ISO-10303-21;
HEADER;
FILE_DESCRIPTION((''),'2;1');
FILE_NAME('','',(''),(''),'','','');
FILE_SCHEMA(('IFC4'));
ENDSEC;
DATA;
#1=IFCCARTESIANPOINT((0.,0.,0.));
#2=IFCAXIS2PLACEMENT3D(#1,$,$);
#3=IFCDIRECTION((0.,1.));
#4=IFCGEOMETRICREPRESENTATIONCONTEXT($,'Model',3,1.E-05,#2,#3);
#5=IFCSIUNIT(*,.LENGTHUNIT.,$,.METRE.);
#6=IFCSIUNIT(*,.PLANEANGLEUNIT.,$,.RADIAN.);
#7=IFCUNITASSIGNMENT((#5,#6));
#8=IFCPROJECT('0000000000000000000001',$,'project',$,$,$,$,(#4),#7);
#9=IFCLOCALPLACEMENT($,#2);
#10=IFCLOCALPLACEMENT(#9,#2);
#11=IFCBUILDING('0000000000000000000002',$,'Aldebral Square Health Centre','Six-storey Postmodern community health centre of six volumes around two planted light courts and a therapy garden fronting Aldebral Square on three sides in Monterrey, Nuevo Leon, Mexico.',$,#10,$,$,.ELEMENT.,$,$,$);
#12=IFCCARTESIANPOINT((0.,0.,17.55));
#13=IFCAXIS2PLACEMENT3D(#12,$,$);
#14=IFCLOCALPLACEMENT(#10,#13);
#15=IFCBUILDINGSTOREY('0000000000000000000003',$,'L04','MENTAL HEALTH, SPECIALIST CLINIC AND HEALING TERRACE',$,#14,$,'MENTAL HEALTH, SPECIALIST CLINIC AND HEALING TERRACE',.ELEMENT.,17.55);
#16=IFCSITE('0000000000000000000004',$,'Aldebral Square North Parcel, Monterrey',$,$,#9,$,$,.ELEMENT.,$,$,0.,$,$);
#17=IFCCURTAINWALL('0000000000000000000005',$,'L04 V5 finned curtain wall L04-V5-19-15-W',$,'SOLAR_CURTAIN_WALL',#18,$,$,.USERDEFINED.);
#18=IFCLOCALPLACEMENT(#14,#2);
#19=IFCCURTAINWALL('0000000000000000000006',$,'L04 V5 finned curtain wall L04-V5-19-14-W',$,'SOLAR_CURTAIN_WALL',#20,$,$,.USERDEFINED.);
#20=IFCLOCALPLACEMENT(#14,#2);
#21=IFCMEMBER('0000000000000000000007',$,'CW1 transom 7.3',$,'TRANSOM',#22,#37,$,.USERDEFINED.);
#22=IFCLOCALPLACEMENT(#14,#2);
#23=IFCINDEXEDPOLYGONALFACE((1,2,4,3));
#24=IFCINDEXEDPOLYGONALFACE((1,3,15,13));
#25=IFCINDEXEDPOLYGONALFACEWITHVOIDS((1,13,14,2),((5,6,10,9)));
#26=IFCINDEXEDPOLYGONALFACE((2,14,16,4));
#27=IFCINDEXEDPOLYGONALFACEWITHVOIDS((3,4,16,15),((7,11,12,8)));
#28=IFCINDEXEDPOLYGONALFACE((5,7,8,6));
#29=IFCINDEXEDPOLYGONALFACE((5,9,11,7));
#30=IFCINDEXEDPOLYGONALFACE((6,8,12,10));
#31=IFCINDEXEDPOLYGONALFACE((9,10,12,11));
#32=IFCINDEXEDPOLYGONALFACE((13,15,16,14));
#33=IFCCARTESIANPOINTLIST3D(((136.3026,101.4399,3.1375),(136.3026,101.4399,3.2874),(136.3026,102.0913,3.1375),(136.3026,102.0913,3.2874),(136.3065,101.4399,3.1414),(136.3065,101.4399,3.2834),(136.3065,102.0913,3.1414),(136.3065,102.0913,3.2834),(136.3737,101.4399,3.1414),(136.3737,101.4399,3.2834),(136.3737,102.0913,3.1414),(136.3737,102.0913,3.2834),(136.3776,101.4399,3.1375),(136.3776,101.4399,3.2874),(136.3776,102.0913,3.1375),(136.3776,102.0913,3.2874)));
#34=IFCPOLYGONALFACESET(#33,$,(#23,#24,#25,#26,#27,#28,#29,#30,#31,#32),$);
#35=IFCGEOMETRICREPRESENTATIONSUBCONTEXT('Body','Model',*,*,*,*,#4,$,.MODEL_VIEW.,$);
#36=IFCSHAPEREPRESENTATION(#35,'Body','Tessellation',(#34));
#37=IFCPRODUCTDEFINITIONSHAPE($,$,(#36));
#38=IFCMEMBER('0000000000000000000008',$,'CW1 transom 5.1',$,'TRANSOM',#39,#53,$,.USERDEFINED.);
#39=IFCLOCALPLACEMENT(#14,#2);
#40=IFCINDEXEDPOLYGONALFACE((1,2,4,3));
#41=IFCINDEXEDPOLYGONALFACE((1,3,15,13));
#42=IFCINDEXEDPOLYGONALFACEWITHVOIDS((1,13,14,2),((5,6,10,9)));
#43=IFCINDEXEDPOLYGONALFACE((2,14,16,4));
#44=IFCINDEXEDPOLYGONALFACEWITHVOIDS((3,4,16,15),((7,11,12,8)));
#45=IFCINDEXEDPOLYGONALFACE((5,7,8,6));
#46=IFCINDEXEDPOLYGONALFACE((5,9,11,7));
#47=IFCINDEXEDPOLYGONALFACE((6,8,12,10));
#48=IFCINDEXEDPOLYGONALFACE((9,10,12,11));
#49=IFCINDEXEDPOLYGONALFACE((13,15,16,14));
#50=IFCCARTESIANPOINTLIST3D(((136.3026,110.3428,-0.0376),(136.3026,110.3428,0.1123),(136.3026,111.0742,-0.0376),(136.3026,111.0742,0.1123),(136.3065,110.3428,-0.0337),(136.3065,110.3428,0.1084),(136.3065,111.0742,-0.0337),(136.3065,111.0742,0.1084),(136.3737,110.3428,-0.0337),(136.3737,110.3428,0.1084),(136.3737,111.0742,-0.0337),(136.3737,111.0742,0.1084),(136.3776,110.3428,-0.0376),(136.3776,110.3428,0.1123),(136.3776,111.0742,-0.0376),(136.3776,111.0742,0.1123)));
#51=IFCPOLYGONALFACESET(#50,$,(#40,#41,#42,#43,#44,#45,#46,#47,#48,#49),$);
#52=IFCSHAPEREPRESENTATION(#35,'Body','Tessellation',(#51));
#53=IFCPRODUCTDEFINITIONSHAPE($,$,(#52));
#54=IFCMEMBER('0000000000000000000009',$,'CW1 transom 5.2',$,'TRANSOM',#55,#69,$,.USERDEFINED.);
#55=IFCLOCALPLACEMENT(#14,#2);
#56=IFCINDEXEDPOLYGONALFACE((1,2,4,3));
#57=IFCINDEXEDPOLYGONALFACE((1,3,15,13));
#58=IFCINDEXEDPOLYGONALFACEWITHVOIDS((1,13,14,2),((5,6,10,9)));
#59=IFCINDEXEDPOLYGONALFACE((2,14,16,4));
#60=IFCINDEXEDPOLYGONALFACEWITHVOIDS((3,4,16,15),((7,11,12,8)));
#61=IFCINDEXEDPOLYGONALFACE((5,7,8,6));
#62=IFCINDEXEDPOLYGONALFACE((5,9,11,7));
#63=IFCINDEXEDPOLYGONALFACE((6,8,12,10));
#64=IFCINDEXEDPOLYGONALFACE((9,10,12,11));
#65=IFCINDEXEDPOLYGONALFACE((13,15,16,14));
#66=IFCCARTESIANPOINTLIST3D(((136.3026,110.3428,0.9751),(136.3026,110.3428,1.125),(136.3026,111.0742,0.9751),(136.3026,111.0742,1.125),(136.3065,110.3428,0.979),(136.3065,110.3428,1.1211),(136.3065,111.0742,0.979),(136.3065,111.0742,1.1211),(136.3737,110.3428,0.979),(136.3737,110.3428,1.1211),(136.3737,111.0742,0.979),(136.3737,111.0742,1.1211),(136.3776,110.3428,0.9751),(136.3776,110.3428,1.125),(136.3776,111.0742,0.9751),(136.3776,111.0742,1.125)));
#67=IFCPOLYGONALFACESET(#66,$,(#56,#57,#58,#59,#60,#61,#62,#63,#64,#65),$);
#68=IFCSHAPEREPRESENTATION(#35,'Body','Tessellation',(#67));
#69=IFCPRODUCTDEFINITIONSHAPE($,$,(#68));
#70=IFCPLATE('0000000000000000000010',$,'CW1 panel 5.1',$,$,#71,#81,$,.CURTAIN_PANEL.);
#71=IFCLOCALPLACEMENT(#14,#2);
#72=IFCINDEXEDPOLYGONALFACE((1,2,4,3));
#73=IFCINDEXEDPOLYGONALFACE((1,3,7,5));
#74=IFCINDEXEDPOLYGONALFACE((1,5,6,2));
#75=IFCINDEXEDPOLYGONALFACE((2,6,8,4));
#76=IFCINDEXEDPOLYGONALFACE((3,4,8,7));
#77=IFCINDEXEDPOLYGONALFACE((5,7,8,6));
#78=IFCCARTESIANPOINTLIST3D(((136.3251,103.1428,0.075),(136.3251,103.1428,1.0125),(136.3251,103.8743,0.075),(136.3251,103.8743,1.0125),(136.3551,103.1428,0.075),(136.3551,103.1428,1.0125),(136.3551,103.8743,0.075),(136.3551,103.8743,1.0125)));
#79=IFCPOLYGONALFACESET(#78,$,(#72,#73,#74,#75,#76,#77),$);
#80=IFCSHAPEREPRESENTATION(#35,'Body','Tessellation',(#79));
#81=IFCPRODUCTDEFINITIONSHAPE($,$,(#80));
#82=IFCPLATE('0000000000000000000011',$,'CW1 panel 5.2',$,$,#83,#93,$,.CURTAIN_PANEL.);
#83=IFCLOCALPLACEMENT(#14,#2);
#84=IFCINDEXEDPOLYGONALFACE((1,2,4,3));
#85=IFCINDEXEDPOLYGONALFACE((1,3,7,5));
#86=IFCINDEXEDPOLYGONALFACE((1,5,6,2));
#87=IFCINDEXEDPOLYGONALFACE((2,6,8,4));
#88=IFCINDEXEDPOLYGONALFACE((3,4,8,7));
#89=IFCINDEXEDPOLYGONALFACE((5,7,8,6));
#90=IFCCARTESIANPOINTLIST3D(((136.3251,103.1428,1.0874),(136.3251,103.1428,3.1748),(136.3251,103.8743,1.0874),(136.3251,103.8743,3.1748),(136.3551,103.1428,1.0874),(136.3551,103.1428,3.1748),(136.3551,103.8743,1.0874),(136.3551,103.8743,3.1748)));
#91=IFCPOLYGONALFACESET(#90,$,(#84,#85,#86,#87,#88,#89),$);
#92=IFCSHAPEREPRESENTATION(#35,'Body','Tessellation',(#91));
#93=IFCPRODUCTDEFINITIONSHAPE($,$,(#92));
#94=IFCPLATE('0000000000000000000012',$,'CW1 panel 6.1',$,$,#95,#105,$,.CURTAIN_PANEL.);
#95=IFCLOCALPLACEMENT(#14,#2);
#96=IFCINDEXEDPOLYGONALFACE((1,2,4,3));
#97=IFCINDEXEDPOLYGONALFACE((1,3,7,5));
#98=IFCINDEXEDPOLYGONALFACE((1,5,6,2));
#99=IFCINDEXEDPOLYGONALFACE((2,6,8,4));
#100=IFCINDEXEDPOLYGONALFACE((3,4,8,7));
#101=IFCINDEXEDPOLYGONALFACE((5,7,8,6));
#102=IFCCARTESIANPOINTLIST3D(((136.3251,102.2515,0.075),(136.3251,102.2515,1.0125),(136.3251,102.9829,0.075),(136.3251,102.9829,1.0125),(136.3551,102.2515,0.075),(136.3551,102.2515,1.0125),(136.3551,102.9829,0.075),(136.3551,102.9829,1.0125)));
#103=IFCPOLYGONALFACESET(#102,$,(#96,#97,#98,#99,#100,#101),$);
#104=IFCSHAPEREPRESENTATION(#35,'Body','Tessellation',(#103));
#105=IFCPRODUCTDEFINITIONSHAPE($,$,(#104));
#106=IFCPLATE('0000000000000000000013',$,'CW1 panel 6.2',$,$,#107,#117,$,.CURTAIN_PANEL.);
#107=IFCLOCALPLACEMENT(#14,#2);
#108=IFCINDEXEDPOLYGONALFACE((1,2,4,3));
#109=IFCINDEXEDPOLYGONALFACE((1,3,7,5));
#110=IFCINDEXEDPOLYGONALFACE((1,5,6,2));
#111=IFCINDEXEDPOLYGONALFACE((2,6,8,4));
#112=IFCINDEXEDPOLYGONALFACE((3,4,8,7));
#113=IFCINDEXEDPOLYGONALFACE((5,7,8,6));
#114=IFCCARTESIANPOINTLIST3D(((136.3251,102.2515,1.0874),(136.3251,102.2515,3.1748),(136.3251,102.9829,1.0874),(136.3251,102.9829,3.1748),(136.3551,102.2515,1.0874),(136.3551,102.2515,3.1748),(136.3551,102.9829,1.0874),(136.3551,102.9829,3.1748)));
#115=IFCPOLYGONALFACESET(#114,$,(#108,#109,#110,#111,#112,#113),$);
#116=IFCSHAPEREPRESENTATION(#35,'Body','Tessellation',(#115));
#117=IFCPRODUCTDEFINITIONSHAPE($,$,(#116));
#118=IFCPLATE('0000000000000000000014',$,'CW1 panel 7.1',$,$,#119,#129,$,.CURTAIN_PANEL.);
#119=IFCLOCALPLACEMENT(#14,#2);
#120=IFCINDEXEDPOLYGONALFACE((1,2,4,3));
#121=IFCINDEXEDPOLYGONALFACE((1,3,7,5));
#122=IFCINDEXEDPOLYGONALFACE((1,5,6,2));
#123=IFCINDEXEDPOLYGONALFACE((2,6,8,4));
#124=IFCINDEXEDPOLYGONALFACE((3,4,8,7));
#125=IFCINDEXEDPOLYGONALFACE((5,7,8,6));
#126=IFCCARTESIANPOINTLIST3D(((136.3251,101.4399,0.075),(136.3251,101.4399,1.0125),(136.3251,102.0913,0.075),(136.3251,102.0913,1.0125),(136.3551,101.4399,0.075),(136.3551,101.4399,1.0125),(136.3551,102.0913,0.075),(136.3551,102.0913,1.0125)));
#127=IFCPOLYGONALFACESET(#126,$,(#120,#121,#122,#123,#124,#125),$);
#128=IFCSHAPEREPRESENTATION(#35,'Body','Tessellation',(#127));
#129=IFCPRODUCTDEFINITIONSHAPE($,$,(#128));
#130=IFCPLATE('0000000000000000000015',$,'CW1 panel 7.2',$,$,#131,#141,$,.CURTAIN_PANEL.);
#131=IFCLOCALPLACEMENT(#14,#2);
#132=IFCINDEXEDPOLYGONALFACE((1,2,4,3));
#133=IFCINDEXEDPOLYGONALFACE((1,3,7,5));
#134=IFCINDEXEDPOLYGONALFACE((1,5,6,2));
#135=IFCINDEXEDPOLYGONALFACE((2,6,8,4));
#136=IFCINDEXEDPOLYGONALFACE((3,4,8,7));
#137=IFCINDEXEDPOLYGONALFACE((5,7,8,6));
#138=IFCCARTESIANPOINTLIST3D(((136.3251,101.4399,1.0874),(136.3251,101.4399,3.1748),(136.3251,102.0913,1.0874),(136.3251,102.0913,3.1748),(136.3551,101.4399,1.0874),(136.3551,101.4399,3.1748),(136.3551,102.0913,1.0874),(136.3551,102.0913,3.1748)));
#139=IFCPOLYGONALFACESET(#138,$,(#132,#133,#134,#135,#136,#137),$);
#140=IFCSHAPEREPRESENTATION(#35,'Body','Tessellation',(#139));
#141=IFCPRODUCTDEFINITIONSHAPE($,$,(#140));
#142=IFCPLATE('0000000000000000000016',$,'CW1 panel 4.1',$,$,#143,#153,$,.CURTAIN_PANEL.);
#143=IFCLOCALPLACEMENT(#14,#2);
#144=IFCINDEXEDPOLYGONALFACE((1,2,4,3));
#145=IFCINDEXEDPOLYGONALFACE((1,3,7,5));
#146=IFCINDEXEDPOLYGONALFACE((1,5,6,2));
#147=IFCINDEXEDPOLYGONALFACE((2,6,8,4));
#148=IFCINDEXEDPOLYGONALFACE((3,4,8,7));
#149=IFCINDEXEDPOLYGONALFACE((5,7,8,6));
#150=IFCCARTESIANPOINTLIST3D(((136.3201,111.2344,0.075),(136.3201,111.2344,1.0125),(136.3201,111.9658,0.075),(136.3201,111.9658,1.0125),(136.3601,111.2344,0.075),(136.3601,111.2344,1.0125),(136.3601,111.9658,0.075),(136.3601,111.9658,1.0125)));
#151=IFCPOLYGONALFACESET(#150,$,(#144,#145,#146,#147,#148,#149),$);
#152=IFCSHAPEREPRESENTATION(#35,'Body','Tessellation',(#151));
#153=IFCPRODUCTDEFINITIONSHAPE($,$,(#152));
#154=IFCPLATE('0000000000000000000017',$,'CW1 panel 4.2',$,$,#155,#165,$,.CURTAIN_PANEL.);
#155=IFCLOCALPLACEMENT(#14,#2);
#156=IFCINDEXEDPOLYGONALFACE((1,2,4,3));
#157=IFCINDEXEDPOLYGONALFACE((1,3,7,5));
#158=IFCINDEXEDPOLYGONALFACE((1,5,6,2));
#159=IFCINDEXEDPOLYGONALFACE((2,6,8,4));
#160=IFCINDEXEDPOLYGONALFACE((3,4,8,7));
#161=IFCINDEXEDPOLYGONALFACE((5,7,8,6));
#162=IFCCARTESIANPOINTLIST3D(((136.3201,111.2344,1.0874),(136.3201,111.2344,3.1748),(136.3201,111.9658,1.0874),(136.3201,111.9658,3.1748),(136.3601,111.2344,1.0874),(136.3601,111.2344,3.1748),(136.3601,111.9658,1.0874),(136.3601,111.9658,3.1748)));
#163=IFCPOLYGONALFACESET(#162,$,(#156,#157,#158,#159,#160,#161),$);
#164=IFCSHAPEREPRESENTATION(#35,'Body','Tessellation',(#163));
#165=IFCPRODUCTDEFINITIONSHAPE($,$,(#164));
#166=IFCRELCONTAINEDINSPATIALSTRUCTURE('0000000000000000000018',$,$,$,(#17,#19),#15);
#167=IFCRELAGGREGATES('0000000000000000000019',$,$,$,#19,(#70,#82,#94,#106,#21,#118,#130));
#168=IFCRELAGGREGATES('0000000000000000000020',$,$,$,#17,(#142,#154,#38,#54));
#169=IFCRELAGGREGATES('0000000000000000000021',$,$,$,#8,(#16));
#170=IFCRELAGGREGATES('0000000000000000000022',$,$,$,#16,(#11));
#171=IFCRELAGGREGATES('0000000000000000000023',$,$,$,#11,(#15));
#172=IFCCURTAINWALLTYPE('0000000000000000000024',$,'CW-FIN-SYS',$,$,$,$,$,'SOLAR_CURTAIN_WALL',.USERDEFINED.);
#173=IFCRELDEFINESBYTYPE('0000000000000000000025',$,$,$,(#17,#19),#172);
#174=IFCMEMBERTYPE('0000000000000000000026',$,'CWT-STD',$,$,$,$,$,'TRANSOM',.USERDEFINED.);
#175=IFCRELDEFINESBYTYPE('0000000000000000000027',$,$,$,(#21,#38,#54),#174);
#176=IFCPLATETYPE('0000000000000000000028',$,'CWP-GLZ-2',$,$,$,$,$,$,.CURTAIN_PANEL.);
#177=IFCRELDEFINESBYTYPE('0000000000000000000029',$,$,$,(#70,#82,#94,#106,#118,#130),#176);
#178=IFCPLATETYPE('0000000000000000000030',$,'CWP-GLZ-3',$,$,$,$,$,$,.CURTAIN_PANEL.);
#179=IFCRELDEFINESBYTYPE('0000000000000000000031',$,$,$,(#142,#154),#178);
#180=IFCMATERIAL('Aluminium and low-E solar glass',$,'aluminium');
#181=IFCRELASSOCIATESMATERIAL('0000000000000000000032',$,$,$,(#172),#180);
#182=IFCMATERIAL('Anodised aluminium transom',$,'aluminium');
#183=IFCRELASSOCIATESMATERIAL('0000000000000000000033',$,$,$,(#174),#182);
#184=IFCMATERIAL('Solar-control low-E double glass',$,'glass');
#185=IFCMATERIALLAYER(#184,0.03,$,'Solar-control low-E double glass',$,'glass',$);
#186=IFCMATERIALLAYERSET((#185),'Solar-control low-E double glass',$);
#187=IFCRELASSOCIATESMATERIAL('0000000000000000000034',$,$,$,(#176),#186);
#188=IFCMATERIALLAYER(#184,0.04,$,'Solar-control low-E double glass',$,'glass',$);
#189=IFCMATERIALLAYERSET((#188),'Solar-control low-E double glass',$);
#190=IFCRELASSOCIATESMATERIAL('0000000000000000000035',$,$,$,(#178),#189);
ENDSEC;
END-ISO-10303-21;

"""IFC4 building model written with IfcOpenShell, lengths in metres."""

from ifc_helpers import new_model, si_unit, direction, frame, origin, origin_2d, place, context, subcontext, project, spatial, rectangle, hollow_rectangle, extrude, material, layer, layer_set, material_profile, profile_set, type_object, element, aggregate, save


model = new_model("IFC4")

# Units and contexts
model_context = context("Model", 3, precision=1e-05, world=origin(), true_north=direction((0.0, 1.0)))
body_context = subcontext(model_context, "Body", "Model", "MODEL_VIEW")
ifc_project = project(units=[si_unit("LENGTHUNIT", "METRE"), si_unit("PLANEANGLEUNIT", "RADIAN")], contexts=[model_context])

# Site, building, storey
site_placement = place(None, origin())
site = spatial("IfcSite", under=ifc_project, at=site_placement, Name="Aldebral Square North Parcel, Monterrey", CompositionType="ELEMENT", RefElevation=0.0)
building_placement = place(site_placement, origin())
building = spatial("IfcBuilding", under=site, at=building_placement, Name="Aldebral Square Health Centre", Description="Six-storey Postmodern community health centre of six volumes around two planted light courts and a therapy garden fronting Aldebral Square on three sides in Monterrey, Nuevo Leon, Mexico.", CompositionType="ELEMENT")
storey_placement = place(building_placement, frame((0.0, 0.0, 17.55)))
storey = spatial("IfcBuildingStorey", under=building, at=storey_placement, Name="L04", Description="MENTAL HEALTH, SPECIALIST CLINIC AND HEALING TERRACE", LongName="MENTAL HEALTH, SPECIALIST CLINIC AND HEALING TERRACE", CompositionType="ELEMENT", Elevation=17.55)

# Curtain walls, member
ifc_material_1 = material(Name="Aluminium and low-E solar glass", Category="aluminium")
curtain_wall_type = type_object("IfcCurtainWallType", Name="CW-FIN-SYS", ElementType="SOLAR_CURTAIN_WALL", PredefinedType="USERDEFINED", material=ifc_material_1)
curtain_wall_1_placement = place(storey_placement, origin())
curtain_wall_1 = element("IfcCurtainWall", 1, at=curtain_wall_1_placement, inside=storey, type_object=curtain_wall_type, Name="L04 V5 finned curtain wall L04-V5-19-15-W", ObjectType="SOLAR_CURTAIN_WALL", PredefinedType="USERDEFINED")
curtain_wall_2_placement = place(storey_placement, origin())
curtain_wall_2 = element("IfcCurtainWall", 2, at=curtain_wall_2_placement, inside=storey, type_object=curtain_wall_type, Name="L04 V5 finned curtain wall L04-V5-19-14-W", ObjectType="SOLAR_CURTAIN_WALL", PredefinedType="USERDEFINED")
ifc_material_2 = material(Name="Anodised aluminium transom", Category="aluminium")
ifc_material_profile_1 = material_profile(ifc_material_2, hollow_rectangle(XDim=0.075, YDim=0.1499, WallThickness=0.0039, at=origin_2d()), Name="CWT 75x150x4")
ifc_profile_set_1 = profile_set([ifc_material_profile_1], Name="Anodised aluminium transom")
member_type_1 = type_object("IfcMemberType", Name="CWT-STD", ElementType="TRANSOM", PredefinedType="USERDEFINED", material=ifc_profile_set_1)
member_1_placement = place(storey_placement, frame((136.3401, 102.0913, 3.2124), z_axis=(0.0, -1.0, 0.0), x_axis=(1.0, 0.0, 0.0)))
member_1 = element("IfcMember", 3, at=member_1_placement, type_object=member_type_1, Name="CW1 transom 7.3", ObjectType="TRANSOM", PredefinedType="USERDEFINED", context=body_context, shape_type="SweptSolid", body=[
    extrude(hollow_rectangle(XDim=0.075, YDim=0.1499, WallThickness=0.0039, at=origin_2d()), origin(), (0.0, 0.0, 1.0), 0.6514),
])

# Members
member_2_placement = place(storey_placement, frame((136.3401, 111.0742, 0.0374), z_axis=(0.0, -1.0, 0.0), x_axis=(1.0, 0.0, 0.0)))
member_2 = element("IfcMember", 4, at=member_2_placement, type_object=member_type_1, Name="CW1 transom 5.1", ObjectType="TRANSOM", PredefinedType="USERDEFINED", context=body_context, shape_type="SweptSolid", body=[
    extrude(hollow_rectangle(XDim=0.075, YDim=0.1499, WallThickness=0.0039, at=origin_2d()), origin(), (0.0, 0.0, 1.0), 0.7314),
])
member_3_placement = place(storey_placement, frame((136.3401, 111.0742, 1.05), z_axis=(0.0, -1.0, 0.0), x_axis=(1.0, 0.0, 0.0)))
member_3 = element("IfcMember", 5, at=member_3_placement, type_object=member_type_1, Name="CW1 transom 5.2", ObjectType="TRANSOM", PredefinedType="USERDEFINED", context=body_context, shape_type="SweptSolid", body=[
    extrude(hollow_rectangle(XDim=0.075, YDim=0.1499, WallThickness=0.0039, at=origin_2d()), origin(), (0.0, 0.0, 1.0), 0.7314),
])

# Plates
ifc_material_3 = material(Name="Solar-control low-E double glass", Category="glass")
ifc_layer_1 = layer(ifc_material_3, 0.03, Name="Solar-control low-E double glass", Category="glass")
ifc_layer_set_1 = layer_set([ifc_layer_1], Name="Solar-control low-E double glass")
plate_type_1 = type_object("IfcPlateType", Name="CWP-GLZ-2", PredefinedType="CURTAIN_PANEL", material=ifc_layer_set_1)
plate_1_placement = place(storey_placement, frame((136.3401, 103.5085, 0.075), z_axis=(0.0, 0.0, 1.0), x_axis=(0.0, -1.0, 0.0)))
plate_1 = element("IfcPlate", 6, at=plate_1_placement, type_object=plate_type_1, Name="CW1 panel 5.1", PredefinedType="CURTAIN_PANEL", context=body_context, shape_type="SweptSolid", body=[
    extrude(rectangle(XDim=0.7314, YDim=0.03, at=origin_2d()), origin(), (0.0, 0.0, 1.0), 0.9375),
])
plate_2_placement = place(storey_placement, frame((136.3401, 103.5085, 1.0874), z_axis=(0.0, 0.0, 1.0), x_axis=(0.0, -1.0, 0.0)))
plate_2 = element("IfcPlate", 7, at=plate_2_placement, type_object=plate_type_1, Name="CW1 panel 5.2", PredefinedType="CURTAIN_PANEL", context=body_context, shape_type="SweptSolid", body=[
    extrude(rectangle(XDim=0.7314, YDim=0.03, at=origin_2d()), origin(), (0.0, 0.0, 1.0), 2.0874),
])
plate_3_placement = place(storey_placement, frame((136.3401, 102.6172, 0.075), z_axis=(0.0, 0.0, 1.0), x_axis=(0.0, -1.0, 0.0)))
plate_3 = element("IfcPlate", 8, at=plate_3_placement, type_object=plate_type_1, Name="CW1 panel 6.1", PredefinedType="CURTAIN_PANEL", context=body_context, shape_type="SweptSolid", body=[
    extrude(rectangle(XDim=0.7314, YDim=0.03, at=origin_2d()), origin(), (0.0, 0.0, 1.0), 0.9375),
])
plate_4_placement = place(storey_placement, frame((136.3401, 102.6172, 1.0874), z_axis=(0.0, 0.0, 1.0), x_axis=(0.0, -1.0, 0.0)))
plate_4 = element("IfcPlate", 9, at=plate_4_placement, type_object=plate_type_1, Name="CW1 panel 6.2", PredefinedType="CURTAIN_PANEL", context=body_context, shape_type="SweptSolid", body=[
    extrude(rectangle(XDim=0.7314, YDim=0.03, at=origin_2d()), origin(), (0.0, 0.0, 1.0), 2.0874),
])
plate_5_placement = place(storey_placement, frame((136.3401, 101.7656, 0.075), z_axis=(0.0, 0.0, 1.0), x_axis=(0.0, -1.0, 0.0)))
plate_5 = element("IfcPlate", 10, at=plate_5_placement, type_object=plate_type_1, Name="CW1 panel 7.1", PredefinedType="CURTAIN_PANEL", context=body_context, shape_type="SweptSolid", body=[
    extrude(rectangle(XDim=0.6514, YDim=0.03, at=origin_2d()), origin(), (0.0, 0.0, 1.0), 0.9375),
])
plate_6_placement = place(storey_placement, frame((136.3401, 101.7656, 1.0874), z_axis=(0.0, 0.0, 1.0), x_axis=(0.0, -1.0, 0.0)))
plate_6 = element("IfcPlate", 11, at=plate_6_placement, type_object=plate_type_1, Name="CW1 panel 7.2", PredefinedType="CURTAIN_PANEL", context=body_context, shape_type="SweptSolid", body=[
    extrude(rectangle(XDim=0.6514, YDim=0.03, at=origin_2d()), origin(), (0.0, 0.0, 1.0), 2.0874),
])
aggregate(curtain_wall_2, [plate_1, plate_2, plate_3, plate_4, member_1, plate_5, plate_6])
ifc_layer_2 = layer(ifc_material_3, 0.04, Name="Solar-control low-E double glass", Category="glass")
ifc_layer_set_2 = layer_set([ifc_layer_2], Name="Solar-control low-E double glass")
plate_type_2 = type_object("IfcPlateType", Name="CWP-GLZ-3", PredefinedType="CURTAIN_PANEL", material=ifc_layer_set_2)
plate_7_placement = place(storey_placement, frame((136.3401, 111.6001, 0.075), z_axis=(0.0, 0.0, 1.0), x_axis=(0.0, -1.0, 0.0)))
plate_7 = element("IfcPlate", 12, at=plate_7_placement, type_object=plate_type_2, Name="CW1 panel 4.1", PredefinedType="CURTAIN_PANEL", context=body_context, shape_type="SweptSolid", body=[
    extrude(rectangle(XDim=0.7314, YDim=0.04, at=origin_2d()), origin(), (0.0, 0.0, 1.0), 0.9375),
])
plate_8_placement = place(storey_placement, frame((136.3401, 111.6001, 1.0874), z_axis=(0.0, 0.0, 1.0), x_axis=(0.0, -1.0, 0.0)))
plate_8 = element("IfcPlate", 13, at=plate_8_placement, type_object=plate_type_2, Name="CW1 panel 4.2", PredefinedType="CURTAIN_PANEL", context=body_context, shape_type="SweptSolid", body=[
    extrude(rectangle(XDim=0.7314, YDim=0.04, at=origin_2d()), origin(), (0.0, 0.0, 1.0), 2.0874),
])
aggregate(curtain_wall_1, [plate_7, plate_8, member_2, member_3])

save(model, "model.ifc")
